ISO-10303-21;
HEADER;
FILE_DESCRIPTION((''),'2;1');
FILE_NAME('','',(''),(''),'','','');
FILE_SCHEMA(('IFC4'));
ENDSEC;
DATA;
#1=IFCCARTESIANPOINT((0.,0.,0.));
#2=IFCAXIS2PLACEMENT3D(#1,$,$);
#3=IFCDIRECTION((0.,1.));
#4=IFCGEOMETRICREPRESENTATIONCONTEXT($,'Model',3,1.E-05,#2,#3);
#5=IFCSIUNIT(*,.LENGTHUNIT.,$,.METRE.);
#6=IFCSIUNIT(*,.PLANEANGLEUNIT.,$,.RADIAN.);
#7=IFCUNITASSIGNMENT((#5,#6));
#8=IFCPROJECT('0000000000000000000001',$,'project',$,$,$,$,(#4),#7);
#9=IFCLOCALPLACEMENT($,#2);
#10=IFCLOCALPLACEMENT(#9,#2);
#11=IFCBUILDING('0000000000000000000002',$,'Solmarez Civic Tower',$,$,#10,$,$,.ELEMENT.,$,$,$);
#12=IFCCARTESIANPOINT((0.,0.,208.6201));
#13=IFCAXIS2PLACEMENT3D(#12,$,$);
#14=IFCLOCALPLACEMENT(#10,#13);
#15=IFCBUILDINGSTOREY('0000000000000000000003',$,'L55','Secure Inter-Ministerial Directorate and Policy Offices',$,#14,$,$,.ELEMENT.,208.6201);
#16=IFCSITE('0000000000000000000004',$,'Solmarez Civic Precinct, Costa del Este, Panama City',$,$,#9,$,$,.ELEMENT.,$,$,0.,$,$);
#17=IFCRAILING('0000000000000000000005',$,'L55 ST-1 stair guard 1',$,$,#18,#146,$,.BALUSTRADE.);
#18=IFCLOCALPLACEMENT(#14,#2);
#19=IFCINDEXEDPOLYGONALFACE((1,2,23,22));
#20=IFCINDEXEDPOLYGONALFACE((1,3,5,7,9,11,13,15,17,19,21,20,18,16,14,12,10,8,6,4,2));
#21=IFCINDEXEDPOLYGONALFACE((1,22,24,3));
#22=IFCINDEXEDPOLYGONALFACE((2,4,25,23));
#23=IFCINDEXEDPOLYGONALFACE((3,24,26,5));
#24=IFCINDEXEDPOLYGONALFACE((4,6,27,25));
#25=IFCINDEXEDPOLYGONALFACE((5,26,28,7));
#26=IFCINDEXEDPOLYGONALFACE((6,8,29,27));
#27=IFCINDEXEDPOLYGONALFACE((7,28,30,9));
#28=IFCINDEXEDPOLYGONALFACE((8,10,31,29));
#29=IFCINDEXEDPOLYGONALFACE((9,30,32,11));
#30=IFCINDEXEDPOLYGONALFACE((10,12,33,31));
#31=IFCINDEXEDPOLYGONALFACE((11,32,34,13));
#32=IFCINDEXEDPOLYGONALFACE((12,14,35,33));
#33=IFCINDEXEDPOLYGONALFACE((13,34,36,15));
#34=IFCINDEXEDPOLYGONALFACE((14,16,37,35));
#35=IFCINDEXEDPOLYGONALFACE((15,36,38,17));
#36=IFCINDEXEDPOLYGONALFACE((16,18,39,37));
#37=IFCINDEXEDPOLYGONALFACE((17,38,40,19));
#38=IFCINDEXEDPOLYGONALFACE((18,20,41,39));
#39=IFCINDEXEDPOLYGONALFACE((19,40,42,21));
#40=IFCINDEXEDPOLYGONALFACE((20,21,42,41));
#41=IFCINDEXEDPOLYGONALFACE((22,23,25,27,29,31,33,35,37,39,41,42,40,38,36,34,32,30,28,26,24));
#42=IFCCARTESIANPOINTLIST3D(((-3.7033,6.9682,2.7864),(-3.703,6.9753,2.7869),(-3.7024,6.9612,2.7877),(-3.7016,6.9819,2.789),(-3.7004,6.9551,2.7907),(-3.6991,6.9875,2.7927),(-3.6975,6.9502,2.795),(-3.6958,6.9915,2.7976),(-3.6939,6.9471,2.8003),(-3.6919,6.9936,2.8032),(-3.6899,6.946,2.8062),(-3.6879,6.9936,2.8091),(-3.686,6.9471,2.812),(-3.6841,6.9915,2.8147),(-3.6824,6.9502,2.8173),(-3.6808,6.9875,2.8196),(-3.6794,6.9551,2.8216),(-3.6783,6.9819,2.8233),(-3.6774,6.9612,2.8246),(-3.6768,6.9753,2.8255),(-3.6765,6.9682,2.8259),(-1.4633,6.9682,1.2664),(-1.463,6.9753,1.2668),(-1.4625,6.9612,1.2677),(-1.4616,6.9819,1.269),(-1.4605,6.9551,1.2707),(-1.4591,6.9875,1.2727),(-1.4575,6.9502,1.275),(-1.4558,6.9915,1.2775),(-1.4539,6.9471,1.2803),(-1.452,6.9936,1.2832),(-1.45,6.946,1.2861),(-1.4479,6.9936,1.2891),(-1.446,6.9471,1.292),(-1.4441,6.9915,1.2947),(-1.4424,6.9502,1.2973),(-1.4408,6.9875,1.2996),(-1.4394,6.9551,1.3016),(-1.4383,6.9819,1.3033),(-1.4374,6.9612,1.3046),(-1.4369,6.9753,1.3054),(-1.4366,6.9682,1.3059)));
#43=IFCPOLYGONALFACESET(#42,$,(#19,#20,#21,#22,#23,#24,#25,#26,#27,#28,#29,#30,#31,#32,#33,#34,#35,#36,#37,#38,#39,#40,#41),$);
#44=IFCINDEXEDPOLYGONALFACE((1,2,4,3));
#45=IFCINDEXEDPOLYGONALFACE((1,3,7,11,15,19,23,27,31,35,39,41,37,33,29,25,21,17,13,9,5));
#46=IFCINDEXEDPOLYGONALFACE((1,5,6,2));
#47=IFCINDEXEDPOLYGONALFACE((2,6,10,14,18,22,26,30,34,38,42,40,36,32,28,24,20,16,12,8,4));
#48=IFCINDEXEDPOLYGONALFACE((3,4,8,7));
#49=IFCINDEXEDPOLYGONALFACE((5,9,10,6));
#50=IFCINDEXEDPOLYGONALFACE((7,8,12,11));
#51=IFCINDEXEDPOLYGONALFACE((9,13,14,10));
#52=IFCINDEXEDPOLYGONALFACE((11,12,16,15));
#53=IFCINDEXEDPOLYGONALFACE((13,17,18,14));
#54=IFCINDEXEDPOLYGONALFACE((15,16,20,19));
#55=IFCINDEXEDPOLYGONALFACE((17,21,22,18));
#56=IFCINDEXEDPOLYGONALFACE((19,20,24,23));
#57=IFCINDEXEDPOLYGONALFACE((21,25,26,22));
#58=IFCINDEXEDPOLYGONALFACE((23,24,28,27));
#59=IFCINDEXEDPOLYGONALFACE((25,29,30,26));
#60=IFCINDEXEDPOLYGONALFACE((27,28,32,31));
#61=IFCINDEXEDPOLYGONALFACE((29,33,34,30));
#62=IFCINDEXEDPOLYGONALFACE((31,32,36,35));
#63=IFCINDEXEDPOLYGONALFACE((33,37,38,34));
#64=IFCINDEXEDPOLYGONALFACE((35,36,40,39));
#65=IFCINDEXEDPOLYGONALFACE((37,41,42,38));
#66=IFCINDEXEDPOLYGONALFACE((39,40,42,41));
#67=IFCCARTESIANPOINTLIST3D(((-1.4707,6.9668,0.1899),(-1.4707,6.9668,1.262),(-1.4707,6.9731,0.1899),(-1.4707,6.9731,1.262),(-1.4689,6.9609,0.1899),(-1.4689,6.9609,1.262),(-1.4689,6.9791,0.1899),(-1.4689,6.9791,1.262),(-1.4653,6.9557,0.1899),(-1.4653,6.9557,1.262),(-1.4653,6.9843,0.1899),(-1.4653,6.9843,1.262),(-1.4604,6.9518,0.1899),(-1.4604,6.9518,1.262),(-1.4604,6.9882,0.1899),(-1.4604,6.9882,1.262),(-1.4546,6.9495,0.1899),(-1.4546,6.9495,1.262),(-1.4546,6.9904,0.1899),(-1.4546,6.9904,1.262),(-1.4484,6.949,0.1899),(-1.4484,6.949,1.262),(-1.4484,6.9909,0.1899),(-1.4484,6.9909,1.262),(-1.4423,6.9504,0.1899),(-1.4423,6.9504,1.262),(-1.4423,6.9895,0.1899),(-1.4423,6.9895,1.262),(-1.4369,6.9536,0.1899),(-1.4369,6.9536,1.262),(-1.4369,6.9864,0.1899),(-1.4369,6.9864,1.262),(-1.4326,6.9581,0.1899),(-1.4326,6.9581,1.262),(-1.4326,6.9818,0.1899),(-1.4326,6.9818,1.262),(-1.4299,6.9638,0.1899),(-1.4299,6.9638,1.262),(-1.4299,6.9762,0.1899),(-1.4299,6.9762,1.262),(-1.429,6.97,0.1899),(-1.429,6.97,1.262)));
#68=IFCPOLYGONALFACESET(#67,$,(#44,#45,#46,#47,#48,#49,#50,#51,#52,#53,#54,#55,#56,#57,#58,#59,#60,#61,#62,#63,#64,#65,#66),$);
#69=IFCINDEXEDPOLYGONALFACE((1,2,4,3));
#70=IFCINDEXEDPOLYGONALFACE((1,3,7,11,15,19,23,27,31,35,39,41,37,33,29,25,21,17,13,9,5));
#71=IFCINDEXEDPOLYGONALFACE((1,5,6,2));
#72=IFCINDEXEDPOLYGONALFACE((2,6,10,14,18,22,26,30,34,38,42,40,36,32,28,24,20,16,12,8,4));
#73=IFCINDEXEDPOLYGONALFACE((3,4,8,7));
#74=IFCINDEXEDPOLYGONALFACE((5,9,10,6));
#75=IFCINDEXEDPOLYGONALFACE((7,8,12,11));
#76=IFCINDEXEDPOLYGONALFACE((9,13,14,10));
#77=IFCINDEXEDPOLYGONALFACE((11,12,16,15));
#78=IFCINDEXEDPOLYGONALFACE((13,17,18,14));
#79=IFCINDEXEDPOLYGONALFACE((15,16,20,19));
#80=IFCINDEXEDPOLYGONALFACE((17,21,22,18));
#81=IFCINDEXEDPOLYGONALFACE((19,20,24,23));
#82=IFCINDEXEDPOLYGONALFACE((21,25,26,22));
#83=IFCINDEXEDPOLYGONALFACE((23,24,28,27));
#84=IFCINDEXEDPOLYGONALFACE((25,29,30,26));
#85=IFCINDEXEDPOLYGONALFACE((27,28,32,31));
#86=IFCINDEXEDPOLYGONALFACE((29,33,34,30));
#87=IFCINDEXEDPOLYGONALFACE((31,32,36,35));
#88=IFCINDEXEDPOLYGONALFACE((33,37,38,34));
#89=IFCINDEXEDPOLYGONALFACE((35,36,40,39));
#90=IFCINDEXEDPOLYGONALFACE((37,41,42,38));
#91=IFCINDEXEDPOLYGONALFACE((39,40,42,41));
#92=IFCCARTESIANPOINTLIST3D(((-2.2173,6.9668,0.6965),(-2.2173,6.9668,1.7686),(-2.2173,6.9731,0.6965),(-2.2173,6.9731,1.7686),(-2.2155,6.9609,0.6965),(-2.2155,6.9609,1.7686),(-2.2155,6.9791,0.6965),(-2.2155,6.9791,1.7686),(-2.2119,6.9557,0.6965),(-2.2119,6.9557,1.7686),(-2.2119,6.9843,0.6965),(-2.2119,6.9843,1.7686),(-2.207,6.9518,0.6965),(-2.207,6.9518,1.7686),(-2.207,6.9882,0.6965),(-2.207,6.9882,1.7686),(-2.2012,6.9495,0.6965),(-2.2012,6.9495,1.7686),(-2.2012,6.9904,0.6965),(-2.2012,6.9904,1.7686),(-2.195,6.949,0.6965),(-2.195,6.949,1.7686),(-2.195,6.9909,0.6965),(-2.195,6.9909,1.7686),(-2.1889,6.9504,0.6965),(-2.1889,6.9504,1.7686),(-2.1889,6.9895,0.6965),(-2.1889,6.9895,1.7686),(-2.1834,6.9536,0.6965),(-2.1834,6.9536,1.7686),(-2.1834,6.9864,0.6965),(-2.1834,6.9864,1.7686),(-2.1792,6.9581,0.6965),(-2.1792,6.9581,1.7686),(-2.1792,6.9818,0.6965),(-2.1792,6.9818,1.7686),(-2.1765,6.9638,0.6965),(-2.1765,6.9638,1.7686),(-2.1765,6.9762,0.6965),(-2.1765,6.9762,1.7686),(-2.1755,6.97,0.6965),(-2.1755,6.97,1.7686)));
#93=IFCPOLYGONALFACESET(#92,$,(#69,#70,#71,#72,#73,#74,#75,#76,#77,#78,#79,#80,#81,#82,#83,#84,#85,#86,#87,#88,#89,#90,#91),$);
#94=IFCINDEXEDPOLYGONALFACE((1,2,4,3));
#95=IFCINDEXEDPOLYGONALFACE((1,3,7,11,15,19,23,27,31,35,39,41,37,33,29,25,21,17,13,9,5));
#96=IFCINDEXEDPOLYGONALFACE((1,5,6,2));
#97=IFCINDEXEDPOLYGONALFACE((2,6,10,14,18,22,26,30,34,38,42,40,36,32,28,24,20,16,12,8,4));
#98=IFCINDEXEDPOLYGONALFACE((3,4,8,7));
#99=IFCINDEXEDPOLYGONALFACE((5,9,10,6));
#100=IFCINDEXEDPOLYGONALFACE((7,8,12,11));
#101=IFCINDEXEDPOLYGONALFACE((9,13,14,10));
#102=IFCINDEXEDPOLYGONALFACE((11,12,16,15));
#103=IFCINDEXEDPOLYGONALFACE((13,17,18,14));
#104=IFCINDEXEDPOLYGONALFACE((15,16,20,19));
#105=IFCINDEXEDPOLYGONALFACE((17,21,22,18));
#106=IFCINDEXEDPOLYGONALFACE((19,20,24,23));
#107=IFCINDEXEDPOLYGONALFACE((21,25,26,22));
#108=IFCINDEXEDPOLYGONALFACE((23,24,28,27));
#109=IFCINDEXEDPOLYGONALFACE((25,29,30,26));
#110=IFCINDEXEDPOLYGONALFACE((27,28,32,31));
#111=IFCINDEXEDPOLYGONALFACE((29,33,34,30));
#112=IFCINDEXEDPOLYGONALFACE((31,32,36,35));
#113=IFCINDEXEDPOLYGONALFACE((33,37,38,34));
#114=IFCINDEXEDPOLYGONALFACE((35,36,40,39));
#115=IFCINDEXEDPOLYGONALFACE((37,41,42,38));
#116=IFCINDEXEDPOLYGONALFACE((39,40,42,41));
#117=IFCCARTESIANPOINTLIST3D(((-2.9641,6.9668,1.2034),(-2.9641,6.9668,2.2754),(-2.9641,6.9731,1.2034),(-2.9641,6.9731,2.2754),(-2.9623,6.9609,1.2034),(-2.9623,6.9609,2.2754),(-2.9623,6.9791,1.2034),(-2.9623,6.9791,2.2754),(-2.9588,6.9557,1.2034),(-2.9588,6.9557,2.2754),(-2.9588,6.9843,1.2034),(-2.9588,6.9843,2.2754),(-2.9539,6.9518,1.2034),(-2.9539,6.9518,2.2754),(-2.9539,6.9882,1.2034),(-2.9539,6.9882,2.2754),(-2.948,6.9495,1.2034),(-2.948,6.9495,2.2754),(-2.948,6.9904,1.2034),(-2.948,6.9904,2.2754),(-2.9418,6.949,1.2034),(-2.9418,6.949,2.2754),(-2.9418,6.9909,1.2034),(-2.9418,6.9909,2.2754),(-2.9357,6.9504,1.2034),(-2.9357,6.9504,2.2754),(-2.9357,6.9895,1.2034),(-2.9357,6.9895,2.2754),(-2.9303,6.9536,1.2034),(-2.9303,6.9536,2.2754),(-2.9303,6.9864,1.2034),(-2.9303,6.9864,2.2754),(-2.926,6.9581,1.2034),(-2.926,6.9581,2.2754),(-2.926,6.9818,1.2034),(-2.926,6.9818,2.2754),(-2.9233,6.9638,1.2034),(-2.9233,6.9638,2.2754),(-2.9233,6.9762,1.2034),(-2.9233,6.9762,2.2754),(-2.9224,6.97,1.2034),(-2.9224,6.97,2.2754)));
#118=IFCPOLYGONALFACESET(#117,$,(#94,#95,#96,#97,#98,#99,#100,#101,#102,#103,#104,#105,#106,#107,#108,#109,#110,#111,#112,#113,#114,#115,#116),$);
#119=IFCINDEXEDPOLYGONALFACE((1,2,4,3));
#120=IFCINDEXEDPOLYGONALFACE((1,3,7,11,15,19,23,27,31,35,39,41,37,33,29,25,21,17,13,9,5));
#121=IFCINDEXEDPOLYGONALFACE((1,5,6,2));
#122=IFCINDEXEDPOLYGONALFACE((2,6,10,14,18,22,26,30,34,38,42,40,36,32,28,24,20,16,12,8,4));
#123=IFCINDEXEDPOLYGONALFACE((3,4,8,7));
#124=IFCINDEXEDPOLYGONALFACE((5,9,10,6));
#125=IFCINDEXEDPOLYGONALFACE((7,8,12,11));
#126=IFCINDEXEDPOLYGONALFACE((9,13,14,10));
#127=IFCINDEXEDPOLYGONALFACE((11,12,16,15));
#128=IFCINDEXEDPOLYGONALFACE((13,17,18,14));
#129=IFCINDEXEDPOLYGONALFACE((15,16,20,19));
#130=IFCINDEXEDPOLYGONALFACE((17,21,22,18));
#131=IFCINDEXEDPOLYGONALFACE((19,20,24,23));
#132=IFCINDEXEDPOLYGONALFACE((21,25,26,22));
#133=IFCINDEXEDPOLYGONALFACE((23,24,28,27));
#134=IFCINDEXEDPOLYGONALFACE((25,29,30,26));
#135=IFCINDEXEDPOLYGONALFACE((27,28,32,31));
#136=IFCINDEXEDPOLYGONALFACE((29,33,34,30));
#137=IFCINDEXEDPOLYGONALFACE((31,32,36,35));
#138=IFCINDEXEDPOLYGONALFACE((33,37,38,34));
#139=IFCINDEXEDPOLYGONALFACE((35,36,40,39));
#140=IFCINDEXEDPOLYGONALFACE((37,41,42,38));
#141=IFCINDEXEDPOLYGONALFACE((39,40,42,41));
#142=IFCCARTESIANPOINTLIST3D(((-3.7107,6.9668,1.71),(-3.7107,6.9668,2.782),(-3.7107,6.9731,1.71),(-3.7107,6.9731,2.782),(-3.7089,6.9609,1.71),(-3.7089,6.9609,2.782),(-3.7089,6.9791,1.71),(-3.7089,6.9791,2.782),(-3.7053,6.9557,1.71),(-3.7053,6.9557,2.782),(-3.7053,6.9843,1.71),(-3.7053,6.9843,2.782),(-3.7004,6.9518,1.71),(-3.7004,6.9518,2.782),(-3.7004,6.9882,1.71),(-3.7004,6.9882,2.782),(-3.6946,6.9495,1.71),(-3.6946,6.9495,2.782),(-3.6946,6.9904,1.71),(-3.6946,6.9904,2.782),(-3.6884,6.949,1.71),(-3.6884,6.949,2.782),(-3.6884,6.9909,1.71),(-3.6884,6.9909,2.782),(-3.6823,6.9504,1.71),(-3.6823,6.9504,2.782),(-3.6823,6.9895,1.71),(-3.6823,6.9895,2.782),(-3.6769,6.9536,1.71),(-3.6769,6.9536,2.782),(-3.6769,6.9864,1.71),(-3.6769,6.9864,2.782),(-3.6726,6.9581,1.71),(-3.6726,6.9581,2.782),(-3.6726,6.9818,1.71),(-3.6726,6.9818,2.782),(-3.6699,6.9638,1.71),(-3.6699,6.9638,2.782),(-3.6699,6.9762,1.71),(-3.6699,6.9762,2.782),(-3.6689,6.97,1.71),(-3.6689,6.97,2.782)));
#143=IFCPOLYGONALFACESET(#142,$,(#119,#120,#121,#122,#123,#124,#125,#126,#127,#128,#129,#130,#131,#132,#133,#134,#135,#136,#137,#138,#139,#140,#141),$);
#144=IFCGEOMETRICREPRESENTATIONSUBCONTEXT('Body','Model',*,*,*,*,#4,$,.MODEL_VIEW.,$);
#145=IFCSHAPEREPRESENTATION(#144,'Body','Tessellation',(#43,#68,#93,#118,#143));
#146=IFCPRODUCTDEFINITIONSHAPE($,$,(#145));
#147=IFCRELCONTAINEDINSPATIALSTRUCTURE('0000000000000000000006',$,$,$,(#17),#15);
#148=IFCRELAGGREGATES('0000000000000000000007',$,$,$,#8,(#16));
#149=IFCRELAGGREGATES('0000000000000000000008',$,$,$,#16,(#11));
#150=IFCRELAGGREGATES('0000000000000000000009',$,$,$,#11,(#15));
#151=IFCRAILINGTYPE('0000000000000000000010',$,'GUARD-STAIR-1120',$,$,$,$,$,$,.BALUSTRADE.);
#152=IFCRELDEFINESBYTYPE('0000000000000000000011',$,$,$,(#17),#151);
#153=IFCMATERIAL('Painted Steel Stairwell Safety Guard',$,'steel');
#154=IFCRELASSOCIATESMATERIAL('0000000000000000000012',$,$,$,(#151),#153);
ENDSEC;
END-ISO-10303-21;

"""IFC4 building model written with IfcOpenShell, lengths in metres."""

from ifc_helpers import new_model, si_unit, direction, frame, origin, origin_2d, place, context, subcontext, project, spatial, circle, extrude, material, type_object, element, save


model = new_model("IFC4")

# Units and contexts
model_context = context("Model", 3, precision=1e-05, world=origin(), true_north=direction((0.0, 1.0)))
body_context = subcontext(model_context, "Body", "Model", "MODEL_VIEW")
ifc_project = project(units=[si_unit("LENGTHUNIT", "METRE"), si_unit("PLANEANGLEUNIT", "RADIAN")], contexts=[model_context])

# Site, building, storey
site_placement = place(None, origin())
site = spatial("IfcSite", under=ifc_project, at=site_placement, Name="Solmarez Civic Precinct, Costa del Este, Panama City", CompositionType="ELEMENT", RefElevation=0.0)
building_placement = place(site_placement, origin())
building = spatial("IfcBuilding", under=site, at=building_placement, Name="Solmarez Civic Tower", CompositionType="ELEMENT")
storey_placement = place(building_placement, frame((0.0, 0.0, 208.6201)))
storey = spatial("IfcBuildingStorey", under=building, at=storey_placement, Name="L55", Description="Secure Inter-Ministerial Directorate and Policy Offices", CompositionType="ELEMENT", Elevation=208.6201)

# Railing
ifc_material_1 = material(Name="Painted Steel Stairwell Safety Guard", Category="steel")
railing_type = type_object("IfcRailingType", Name="GUARD-STAIR-1120", PredefinedType="BALUSTRADE", material=ifc_material_1)
railing_1_placement = place(storey_placement, frame((-1.45, 6.97, 0.1899)))
element("IfcRailing", 1, at=railing_1_placement, inside=storey, type_object=railing_type, Name="L55 ST-1 stair guard 1", PredefinedType="BALUSTRADE", context=body_context, shape_type="SweptSolid", body=[
    extrude(circle(Radius=0.0239, at=origin_2d()), frame((0.0, 0.0, 1.0962), z_axis=(-0.827471, 0.0, 0.561508), x_axis=(0.0, -1.0, 0.0)), (0.0, 0.0, 1.0), 2.707),
    extrude(circle(Radius=0.021, at=origin_2d()), origin(), (0.0, 0.0, 1.0), 1.072),
    extrude(circle(Radius=0.021, at=origin_2d()), frame((-0.7466, 0.0, 0.5066)), (0.0, 0.0, 1.0), 1.072),
    extrude(circle(Radius=0.021, at=origin_2d()), frame((-1.4934, 0.0, 1.0134)), (0.0, 0.0, 1.0), 1.072),
    extrude(circle(Radius=0.021, at=origin_2d()), frame((-2.24, 0.0, 1.52)), (0.0, 0.0, 1.0), 1.072),
])

save(model, "model.ifc")
